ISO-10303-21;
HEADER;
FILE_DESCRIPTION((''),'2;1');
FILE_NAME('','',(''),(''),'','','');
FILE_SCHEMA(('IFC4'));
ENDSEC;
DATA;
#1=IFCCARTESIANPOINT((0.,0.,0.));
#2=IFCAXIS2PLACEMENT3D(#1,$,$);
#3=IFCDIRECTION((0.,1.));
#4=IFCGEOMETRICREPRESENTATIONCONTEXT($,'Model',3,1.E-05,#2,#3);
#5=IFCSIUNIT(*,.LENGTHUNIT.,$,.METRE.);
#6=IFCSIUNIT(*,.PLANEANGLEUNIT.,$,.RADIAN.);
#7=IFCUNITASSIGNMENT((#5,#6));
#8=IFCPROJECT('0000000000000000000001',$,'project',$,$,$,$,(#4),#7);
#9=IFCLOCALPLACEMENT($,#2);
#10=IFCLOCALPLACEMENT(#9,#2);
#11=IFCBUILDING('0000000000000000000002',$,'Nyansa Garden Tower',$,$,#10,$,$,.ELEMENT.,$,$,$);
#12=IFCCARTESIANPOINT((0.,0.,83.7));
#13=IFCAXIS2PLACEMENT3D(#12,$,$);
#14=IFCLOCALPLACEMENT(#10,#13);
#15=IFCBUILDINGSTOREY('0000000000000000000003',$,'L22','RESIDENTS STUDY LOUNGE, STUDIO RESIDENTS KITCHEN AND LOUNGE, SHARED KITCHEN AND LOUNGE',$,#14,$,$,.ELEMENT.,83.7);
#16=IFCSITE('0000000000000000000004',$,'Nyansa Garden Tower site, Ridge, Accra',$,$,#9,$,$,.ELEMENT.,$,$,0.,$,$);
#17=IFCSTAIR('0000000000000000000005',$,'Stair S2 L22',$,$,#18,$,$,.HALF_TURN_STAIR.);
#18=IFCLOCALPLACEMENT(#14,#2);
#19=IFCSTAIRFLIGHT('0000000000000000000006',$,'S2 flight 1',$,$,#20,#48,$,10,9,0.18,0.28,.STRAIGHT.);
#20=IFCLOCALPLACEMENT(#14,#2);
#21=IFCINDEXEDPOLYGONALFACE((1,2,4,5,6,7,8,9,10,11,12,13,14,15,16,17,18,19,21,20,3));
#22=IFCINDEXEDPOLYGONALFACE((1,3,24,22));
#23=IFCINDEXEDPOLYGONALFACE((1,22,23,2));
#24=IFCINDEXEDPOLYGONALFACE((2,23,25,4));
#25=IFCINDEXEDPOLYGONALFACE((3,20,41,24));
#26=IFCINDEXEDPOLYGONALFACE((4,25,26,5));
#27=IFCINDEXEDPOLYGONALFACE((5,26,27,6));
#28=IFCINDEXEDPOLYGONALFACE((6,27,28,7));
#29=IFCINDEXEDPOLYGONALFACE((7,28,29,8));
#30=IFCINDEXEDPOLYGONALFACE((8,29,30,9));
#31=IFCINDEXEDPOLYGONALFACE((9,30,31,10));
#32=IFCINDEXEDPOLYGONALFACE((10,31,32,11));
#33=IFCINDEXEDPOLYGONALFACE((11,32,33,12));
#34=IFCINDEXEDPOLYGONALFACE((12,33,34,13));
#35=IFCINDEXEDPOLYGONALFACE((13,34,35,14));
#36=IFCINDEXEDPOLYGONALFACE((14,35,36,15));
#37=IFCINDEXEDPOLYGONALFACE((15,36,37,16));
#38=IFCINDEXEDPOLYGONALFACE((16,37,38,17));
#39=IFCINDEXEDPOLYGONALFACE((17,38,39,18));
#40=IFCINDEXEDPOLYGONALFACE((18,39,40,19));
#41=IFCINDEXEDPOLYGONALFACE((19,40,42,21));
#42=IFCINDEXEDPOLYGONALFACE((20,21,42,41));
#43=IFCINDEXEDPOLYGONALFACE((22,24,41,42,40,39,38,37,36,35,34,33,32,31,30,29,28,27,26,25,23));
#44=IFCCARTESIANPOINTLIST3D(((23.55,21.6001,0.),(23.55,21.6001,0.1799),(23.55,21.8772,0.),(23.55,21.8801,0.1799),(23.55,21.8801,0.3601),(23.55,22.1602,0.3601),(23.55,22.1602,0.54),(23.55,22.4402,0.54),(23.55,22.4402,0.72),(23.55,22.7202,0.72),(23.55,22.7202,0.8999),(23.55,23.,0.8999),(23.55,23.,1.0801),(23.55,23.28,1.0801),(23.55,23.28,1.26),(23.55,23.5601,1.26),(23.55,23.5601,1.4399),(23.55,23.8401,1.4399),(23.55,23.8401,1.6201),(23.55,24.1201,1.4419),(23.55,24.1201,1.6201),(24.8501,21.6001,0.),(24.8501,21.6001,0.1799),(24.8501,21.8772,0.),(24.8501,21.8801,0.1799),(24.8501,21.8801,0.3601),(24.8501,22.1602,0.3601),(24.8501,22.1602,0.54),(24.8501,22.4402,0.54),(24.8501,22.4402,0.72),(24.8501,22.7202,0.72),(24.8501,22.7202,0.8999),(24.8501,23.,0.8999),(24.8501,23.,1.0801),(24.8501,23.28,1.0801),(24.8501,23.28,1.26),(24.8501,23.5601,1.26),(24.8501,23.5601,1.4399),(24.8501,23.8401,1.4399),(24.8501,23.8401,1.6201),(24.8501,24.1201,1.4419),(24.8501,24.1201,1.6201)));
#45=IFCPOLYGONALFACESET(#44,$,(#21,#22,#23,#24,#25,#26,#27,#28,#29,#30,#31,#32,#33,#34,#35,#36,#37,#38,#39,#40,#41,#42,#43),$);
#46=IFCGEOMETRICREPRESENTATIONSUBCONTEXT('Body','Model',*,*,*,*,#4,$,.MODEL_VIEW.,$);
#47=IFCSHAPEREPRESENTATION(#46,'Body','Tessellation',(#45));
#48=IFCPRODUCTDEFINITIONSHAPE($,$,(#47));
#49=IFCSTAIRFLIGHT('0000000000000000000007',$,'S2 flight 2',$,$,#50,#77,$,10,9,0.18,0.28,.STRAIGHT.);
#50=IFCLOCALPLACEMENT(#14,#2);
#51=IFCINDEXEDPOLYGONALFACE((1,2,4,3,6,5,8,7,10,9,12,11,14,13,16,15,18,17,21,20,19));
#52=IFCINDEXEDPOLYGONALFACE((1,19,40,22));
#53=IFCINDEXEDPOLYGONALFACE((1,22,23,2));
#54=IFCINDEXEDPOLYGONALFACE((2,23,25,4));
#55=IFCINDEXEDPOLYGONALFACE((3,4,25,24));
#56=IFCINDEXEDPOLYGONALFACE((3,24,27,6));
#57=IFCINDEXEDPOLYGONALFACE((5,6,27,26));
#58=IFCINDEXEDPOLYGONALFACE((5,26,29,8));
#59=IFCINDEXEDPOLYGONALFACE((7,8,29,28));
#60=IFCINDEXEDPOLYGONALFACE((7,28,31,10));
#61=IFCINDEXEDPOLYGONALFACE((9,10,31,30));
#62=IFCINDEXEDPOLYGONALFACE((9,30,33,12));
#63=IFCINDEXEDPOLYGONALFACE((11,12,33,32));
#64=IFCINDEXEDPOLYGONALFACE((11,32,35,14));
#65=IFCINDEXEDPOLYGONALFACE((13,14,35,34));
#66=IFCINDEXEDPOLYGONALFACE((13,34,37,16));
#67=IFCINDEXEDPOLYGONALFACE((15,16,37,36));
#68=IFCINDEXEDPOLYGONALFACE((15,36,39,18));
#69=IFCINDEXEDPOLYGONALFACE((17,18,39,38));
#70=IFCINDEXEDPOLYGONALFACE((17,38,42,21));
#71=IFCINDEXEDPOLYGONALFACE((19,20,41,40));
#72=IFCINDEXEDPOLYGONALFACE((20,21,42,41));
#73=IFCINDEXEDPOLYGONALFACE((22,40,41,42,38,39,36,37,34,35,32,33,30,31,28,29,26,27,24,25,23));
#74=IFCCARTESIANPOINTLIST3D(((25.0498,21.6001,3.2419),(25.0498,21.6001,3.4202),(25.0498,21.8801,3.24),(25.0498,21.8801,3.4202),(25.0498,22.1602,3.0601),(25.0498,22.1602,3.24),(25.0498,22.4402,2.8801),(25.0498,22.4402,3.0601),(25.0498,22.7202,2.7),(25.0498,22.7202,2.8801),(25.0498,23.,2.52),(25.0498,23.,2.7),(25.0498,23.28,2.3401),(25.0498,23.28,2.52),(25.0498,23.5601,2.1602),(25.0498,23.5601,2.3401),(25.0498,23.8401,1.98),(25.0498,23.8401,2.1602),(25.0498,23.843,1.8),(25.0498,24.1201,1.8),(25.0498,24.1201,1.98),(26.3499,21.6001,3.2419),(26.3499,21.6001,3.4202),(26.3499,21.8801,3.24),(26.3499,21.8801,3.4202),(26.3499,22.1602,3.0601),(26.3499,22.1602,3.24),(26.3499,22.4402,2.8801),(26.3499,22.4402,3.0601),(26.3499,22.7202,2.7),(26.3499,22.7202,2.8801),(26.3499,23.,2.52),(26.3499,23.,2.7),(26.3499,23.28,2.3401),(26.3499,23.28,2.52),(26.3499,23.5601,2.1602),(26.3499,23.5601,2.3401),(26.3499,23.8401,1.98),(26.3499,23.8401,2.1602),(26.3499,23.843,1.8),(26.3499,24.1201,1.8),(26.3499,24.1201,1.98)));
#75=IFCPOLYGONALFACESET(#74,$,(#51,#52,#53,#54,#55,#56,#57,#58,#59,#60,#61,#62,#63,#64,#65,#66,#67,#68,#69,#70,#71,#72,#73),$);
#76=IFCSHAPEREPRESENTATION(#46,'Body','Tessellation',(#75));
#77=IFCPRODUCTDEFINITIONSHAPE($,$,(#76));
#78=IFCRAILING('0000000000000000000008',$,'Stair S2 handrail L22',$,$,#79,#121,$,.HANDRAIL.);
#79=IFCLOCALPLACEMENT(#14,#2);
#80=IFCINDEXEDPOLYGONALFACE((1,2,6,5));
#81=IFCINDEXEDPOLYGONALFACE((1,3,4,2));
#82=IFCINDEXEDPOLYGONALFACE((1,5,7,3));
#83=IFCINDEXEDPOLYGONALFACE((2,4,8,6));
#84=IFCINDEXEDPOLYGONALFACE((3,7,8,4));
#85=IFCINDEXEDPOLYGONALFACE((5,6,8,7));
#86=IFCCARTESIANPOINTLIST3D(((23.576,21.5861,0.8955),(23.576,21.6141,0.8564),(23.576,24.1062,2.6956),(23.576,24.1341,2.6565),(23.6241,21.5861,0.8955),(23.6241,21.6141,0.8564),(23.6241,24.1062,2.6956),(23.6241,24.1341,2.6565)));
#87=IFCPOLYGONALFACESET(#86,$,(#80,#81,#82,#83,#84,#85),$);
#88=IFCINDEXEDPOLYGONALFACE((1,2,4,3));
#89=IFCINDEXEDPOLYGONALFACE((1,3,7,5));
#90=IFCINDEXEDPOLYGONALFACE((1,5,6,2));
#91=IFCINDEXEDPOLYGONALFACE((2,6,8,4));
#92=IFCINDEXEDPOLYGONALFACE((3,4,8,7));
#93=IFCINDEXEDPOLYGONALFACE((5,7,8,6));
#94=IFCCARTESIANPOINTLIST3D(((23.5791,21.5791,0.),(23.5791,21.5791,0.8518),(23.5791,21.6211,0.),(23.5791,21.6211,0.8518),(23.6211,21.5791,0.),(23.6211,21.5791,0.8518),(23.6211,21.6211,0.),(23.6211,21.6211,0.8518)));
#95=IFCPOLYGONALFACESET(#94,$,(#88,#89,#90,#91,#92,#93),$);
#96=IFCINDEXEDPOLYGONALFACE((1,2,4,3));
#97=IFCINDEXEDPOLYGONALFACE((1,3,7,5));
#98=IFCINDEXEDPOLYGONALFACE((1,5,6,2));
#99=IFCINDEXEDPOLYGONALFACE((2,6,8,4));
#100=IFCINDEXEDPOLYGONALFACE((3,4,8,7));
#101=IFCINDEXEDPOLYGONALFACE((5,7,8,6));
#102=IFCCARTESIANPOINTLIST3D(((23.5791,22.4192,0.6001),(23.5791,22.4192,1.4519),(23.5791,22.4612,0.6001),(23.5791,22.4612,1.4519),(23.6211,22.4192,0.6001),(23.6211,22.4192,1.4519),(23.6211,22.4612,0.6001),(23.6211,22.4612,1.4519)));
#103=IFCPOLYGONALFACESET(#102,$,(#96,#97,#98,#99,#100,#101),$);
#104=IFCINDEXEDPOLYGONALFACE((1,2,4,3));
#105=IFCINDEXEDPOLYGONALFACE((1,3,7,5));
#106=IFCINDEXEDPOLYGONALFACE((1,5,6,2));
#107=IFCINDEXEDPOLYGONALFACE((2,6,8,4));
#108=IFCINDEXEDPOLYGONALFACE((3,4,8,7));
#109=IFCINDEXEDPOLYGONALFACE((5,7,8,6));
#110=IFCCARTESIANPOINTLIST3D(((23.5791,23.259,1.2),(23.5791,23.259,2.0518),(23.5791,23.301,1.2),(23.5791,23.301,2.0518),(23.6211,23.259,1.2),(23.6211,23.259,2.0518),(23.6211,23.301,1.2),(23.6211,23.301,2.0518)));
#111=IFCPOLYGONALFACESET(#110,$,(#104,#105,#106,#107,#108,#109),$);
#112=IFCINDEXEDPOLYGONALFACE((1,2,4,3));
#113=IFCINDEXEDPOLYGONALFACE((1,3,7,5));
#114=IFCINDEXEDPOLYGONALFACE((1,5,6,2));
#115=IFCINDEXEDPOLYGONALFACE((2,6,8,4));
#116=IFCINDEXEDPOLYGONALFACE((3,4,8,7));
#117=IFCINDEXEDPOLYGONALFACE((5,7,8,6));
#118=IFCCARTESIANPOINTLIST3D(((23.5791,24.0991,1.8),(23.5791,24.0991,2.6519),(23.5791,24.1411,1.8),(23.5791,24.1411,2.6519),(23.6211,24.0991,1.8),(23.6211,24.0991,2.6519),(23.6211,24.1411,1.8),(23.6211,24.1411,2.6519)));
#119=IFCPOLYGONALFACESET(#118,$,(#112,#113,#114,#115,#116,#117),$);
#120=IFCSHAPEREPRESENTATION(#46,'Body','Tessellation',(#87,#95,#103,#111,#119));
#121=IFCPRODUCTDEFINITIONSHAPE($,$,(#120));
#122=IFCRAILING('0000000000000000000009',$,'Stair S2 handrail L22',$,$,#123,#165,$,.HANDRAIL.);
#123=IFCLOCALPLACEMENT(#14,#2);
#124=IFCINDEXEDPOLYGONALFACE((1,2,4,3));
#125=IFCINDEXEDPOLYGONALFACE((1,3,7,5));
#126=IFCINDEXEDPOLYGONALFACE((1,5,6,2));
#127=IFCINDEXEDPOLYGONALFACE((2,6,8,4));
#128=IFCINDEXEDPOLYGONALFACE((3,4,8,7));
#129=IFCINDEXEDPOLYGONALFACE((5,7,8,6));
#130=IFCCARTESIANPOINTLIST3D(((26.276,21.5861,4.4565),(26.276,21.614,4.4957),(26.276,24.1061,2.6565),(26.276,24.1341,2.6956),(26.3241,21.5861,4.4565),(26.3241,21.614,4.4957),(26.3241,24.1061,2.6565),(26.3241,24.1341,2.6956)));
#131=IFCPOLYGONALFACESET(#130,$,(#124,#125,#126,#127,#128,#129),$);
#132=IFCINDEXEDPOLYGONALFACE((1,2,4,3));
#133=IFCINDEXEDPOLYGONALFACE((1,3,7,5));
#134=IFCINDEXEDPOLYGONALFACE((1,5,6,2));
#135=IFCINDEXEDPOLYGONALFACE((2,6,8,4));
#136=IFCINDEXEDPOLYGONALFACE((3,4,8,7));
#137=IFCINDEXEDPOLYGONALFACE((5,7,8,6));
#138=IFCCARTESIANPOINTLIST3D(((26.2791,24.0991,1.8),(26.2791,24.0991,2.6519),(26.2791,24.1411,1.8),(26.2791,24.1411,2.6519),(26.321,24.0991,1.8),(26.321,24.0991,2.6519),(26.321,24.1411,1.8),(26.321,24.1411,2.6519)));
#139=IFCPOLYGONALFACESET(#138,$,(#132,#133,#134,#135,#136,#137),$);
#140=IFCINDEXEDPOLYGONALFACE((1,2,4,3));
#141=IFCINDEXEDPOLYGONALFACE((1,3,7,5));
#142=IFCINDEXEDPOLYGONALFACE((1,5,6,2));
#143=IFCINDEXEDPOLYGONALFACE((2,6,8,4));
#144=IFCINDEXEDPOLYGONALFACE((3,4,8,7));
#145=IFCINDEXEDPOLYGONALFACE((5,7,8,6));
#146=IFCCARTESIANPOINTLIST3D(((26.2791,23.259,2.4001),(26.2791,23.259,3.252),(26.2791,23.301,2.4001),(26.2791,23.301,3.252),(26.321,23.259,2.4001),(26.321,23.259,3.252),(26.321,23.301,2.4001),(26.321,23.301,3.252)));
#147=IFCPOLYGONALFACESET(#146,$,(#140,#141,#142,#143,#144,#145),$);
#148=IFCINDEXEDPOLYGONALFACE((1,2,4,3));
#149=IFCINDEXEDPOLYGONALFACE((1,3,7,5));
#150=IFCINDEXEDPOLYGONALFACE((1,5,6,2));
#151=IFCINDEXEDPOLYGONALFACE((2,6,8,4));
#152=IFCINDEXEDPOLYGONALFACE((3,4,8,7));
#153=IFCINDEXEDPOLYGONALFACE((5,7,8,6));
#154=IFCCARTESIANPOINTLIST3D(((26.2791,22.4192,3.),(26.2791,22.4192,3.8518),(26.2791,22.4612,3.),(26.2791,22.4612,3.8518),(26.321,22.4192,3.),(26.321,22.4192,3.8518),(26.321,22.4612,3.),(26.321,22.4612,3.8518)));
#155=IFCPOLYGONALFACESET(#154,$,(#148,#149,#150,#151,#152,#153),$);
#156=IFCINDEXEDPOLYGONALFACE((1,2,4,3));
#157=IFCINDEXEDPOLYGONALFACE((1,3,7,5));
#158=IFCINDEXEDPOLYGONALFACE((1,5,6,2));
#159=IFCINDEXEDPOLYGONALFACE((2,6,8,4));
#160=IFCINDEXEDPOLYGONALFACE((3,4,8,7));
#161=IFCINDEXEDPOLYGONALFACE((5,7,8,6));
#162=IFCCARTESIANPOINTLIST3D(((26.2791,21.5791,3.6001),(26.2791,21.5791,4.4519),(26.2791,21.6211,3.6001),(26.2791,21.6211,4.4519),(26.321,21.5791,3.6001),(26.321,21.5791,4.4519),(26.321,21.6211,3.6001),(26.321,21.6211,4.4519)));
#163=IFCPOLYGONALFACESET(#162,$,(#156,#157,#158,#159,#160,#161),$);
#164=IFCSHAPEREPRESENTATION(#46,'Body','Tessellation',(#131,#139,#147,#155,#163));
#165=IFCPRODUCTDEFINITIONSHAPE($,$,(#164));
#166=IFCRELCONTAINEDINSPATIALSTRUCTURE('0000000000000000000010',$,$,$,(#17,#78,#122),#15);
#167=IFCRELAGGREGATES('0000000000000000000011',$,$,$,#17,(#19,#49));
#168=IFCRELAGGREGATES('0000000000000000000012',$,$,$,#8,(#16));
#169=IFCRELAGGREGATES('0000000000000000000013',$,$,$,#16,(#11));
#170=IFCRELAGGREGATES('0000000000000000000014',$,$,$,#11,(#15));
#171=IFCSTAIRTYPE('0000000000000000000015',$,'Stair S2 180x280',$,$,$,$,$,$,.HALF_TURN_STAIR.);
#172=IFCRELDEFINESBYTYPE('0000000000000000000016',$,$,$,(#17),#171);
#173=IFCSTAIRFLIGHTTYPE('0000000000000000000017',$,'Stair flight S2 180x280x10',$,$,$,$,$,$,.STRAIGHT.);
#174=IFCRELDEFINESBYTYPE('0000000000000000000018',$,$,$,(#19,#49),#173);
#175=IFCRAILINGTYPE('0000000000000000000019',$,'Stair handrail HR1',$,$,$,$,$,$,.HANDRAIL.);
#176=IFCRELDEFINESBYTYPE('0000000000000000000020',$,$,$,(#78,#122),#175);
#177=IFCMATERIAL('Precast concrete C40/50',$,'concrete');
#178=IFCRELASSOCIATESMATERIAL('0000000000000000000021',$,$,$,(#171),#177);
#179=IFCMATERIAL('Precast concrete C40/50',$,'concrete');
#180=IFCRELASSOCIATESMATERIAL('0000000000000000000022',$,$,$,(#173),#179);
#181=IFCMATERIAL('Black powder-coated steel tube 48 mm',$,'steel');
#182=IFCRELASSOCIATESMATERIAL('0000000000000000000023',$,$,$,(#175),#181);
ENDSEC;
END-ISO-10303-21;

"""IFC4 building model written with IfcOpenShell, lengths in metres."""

from ifc_helpers import new_model, si_unit, direction, frame, origin, origin_2d, place, context, subcontext, project, spatial, polyline, rectangle, outline, extrude, material, type_object, element, aggregate, save


model = new_model("IFC4")

# Units and contexts
model_context = context("Model", 3, precision=1e-05, world=origin(), true_north=direction((0.0, 1.0)))
body_context = subcontext(model_context, "Body", "Model", "MODEL_VIEW")
ifc_project = project(units=[si_unit("LENGTHUNIT", "METRE"), si_unit("PLANEANGLEUNIT", "RADIAN")], contexts=[model_context])

# Site, building, storey
site_placement = place(None, origin())
site = spatial("IfcSite", under=ifc_project, at=site_placement, Name="Nyansa Garden Tower site, Ridge, Accra", CompositionType="ELEMENT", RefElevation=0.0)
building_placement = place(site_placement, origin())
building = spatial("IfcBuilding", under=site, at=building_placement, Name="Nyansa Garden Tower", CompositionType="ELEMENT")
storey_placement = place(building_placement, frame((0.0, 0.0, 83.7)))
storey = spatial("IfcBuildingStorey", under=building, at=storey_placement, Name="L22", Description="RESIDENTS STUDY LOUNGE, STUDIO RESIDENTS KITCHEN AND LOUNGE, SHARED KITCHEN AND LOUNGE", CompositionType="ELEMENT", Elevation=83.7)

# Stair, stair flights
ifc_material_1 = material(Name="Precast concrete C40/50", Category="concrete")
stair_type = type_object("IfcStairType", Name="Stair S2 180x280", PredefinedType="HALF_TURN_STAIR", material=ifc_material_1)
stair_placement = place(storey_placement, origin())
stair = element("IfcStair", 1, at=stair_placement, inside=storey, type_object=stair_type, Name="Stair S2 L22", PredefinedType="HALF_TURN_STAIR")
ifc_material_2 = material(Name="Precast concrete C40/50", Category="concrete")
stair_flight_type = type_object("IfcStairFlightType", Name="Stair flight S2 180x280x10", PredefinedType="STRAIGHT", material=ifc_material_2)
stair_flight_1_placement = place(storey_placement, frame((24.2, 21.6001, 0.0), z_axis=(0.0, 0.0, 1.0), x_axis=(0.0, 1.0, 0.0)))
stair_flight_1 = element("IfcStairFlight", 2, at=stair_flight_1_placement, type_object=stair_flight_type, Name="S2 flight 1", NumberOfRisers=10, NumberOfTreads=9, PredefinedType="STRAIGHT", RiserHeight=0.18, TreadLength=0.28, context=body_context, shape_type="SweptSolid", body=[
    extrude(outline(polyline([(0.0, 0.0), (0.0, 0.1799), (0.28, 0.1799), (0.28, 0.3601), (0.5601, 0.3601), (0.5601, 0.54), (0.8401, 0.54), (0.8401, 0.72), (1.1201, 0.72), (1.1201, 0.8999), (1.3999, 0.8999), (1.3999, 1.0801), (1.6799, 1.0801), (1.6799, 1.26), (1.96, 1.26), (1.96, 1.4399), (2.24, 1.4399), (2.24, 1.6201), (2.52, 1.6201), (2.52, 1.8), (2.52, 1.4419), (0.2771, 0.0), (0.0, 0.0)])), frame((0.0, 0.6499, 0.0), z_axis=(0.0, -1.0, 0.0), x_axis=(1.0, 0.0, 0.0)), (0.0, 0.0, 1.0), 1.3),
])
stair_flight_2_placement = place(storey_placement, frame((25.7, 24.1201, 1.8), z_axis=(0.0, 0.0, 1.0), x_axis=(0.0, -1.0, 0.0)))
stair_flight_2 = element("IfcStairFlight", 3, at=stair_flight_2_placement, type_object=stair_flight_type, Name="S2 flight 2", NumberOfRisers=10, NumberOfTreads=9, PredefinedType="STRAIGHT", RiserHeight=0.18, TreadLength=0.28, context=body_context, shape_type="SweptSolid", body=[
    extrude(outline(polyline([(0.0, 0.0), (0.0, 0.1799), (0.28, 0.1799), (0.28, 0.3601), (0.5601, 0.3601), (0.5601, 0.54), (0.8401, 0.54), (0.8401, 0.72), (1.1201, 0.72), (1.1201, 0.8999), (1.3999, 0.8999), (1.3999, 1.0801), (1.6799, 1.0801), (1.6799, 1.26), (1.96, 1.26), (1.96, 1.4399), (2.24, 1.4399), (2.24, 1.6201), (2.52, 1.6201), (2.52, 1.8), (2.52, 1.4419), (0.2771, 0.0), (0.0, 0.0)])), frame((0.0, 0.6499, 0.0), z_axis=(0.0, -1.0, 0.0), x_axis=(1.0, 0.0, 0.0)), (0.0, 0.0, 1.0), 1.3),
])
aggregate(stair, [stair_flight_1, stair_flight_2])

# Railings
ifc_material_3 = material(Name="Black powder-coated steel tube 48 mm", Category="steel")
railing_type = type_object("IfcRailingType", Name="Stair handrail HR1", PredefinedType="HANDRAIL", material=ifc_material_3)
railing_1_placement = place(storey_placement, frame((23.6001, 21.6001, 0.0)))
element("IfcRailing", 4, at=railing_1_placement, inside=storey, type_object=railing_type, Name="Stair S2 handrail L22", PredefinedType="HANDRAIL", context=body_context, shape_type="SweptSolid", body=[
    extrude(rectangle(XDim=0.0481, YDim=0.0481, at=origin_2d()), frame((0.0, 0.0, 0.876), z_axis=(0.0, 0.813728, 0.581246), x_axis=(-1.0, 0.0, 0.0)), (0.0, 0.0, 1.0), 3.0969),
    extrude(rectangle(XDim=0.042, YDim=0.042, at=origin_2d()), origin(), (0.0, 0.0, 1.0), 0.8518),
    extrude(rectangle(XDim=0.042, YDim=0.042, at=origin_2d()), frame((0.0, 0.8401, 0.6001)), (0.0, 0.0, 1.0), 0.8518),
    extrude(rectangle(XDim=0.042, YDim=0.042, at=origin_2d()), frame((0.0, 1.6799, 1.2)), (0.0, 0.0, 1.0), 0.8518),
    extrude(rectangle(XDim=0.042, YDim=0.042, at=origin_2d()), frame((0.0, 2.52, 1.8)), (0.0, 0.0, 1.0), 0.8518),
])
railing_2_placement = place(storey_placement, frame((26.3, 24.1201, 1.8)))
element("IfcRailing", 5, at=railing_2_placement, inside=storey, type_object=railing_type, Name="Stair S2 handrail L22", PredefinedType="HANDRAIL", context=body_context, shape_type="SweptSolid", body=[
    extrude(rectangle(XDim=0.0481, YDim=0.0481, at=origin_2d()), frame((0.0, 0.0, 0.876), z_axis=(0.0, -0.813728, 0.581246), x_axis=(1.0, 0.0, 0.0)), (0.0, 0.0, 1.0), 3.0969),
    extrude(rectangle(XDim=0.042, YDim=0.042, at=origin_2d()), origin(), (0.0, 0.0, 1.0), 0.8518),
    extrude(rectangle(XDim=0.042, YDim=0.042, at=origin_2d()), frame((0.0, -0.8401, 0.6001)), (0.0, 0.0, 1.0), 0.8518),
    extrude(rectangle(XDim=0.042, YDim=0.042, at=origin_2d()), frame((0.0, -1.6799, 1.2)), (0.0, 0.0, 1.0), 0.8518),
    extrude(rectangle(XDim=0.042, YDim=0.042, at=origin_2d()), frame((0.0, -2.52, 1.8)), (0.0, 0.0, 1.0), 0.8518),
])

save(model, "model.ifc")
